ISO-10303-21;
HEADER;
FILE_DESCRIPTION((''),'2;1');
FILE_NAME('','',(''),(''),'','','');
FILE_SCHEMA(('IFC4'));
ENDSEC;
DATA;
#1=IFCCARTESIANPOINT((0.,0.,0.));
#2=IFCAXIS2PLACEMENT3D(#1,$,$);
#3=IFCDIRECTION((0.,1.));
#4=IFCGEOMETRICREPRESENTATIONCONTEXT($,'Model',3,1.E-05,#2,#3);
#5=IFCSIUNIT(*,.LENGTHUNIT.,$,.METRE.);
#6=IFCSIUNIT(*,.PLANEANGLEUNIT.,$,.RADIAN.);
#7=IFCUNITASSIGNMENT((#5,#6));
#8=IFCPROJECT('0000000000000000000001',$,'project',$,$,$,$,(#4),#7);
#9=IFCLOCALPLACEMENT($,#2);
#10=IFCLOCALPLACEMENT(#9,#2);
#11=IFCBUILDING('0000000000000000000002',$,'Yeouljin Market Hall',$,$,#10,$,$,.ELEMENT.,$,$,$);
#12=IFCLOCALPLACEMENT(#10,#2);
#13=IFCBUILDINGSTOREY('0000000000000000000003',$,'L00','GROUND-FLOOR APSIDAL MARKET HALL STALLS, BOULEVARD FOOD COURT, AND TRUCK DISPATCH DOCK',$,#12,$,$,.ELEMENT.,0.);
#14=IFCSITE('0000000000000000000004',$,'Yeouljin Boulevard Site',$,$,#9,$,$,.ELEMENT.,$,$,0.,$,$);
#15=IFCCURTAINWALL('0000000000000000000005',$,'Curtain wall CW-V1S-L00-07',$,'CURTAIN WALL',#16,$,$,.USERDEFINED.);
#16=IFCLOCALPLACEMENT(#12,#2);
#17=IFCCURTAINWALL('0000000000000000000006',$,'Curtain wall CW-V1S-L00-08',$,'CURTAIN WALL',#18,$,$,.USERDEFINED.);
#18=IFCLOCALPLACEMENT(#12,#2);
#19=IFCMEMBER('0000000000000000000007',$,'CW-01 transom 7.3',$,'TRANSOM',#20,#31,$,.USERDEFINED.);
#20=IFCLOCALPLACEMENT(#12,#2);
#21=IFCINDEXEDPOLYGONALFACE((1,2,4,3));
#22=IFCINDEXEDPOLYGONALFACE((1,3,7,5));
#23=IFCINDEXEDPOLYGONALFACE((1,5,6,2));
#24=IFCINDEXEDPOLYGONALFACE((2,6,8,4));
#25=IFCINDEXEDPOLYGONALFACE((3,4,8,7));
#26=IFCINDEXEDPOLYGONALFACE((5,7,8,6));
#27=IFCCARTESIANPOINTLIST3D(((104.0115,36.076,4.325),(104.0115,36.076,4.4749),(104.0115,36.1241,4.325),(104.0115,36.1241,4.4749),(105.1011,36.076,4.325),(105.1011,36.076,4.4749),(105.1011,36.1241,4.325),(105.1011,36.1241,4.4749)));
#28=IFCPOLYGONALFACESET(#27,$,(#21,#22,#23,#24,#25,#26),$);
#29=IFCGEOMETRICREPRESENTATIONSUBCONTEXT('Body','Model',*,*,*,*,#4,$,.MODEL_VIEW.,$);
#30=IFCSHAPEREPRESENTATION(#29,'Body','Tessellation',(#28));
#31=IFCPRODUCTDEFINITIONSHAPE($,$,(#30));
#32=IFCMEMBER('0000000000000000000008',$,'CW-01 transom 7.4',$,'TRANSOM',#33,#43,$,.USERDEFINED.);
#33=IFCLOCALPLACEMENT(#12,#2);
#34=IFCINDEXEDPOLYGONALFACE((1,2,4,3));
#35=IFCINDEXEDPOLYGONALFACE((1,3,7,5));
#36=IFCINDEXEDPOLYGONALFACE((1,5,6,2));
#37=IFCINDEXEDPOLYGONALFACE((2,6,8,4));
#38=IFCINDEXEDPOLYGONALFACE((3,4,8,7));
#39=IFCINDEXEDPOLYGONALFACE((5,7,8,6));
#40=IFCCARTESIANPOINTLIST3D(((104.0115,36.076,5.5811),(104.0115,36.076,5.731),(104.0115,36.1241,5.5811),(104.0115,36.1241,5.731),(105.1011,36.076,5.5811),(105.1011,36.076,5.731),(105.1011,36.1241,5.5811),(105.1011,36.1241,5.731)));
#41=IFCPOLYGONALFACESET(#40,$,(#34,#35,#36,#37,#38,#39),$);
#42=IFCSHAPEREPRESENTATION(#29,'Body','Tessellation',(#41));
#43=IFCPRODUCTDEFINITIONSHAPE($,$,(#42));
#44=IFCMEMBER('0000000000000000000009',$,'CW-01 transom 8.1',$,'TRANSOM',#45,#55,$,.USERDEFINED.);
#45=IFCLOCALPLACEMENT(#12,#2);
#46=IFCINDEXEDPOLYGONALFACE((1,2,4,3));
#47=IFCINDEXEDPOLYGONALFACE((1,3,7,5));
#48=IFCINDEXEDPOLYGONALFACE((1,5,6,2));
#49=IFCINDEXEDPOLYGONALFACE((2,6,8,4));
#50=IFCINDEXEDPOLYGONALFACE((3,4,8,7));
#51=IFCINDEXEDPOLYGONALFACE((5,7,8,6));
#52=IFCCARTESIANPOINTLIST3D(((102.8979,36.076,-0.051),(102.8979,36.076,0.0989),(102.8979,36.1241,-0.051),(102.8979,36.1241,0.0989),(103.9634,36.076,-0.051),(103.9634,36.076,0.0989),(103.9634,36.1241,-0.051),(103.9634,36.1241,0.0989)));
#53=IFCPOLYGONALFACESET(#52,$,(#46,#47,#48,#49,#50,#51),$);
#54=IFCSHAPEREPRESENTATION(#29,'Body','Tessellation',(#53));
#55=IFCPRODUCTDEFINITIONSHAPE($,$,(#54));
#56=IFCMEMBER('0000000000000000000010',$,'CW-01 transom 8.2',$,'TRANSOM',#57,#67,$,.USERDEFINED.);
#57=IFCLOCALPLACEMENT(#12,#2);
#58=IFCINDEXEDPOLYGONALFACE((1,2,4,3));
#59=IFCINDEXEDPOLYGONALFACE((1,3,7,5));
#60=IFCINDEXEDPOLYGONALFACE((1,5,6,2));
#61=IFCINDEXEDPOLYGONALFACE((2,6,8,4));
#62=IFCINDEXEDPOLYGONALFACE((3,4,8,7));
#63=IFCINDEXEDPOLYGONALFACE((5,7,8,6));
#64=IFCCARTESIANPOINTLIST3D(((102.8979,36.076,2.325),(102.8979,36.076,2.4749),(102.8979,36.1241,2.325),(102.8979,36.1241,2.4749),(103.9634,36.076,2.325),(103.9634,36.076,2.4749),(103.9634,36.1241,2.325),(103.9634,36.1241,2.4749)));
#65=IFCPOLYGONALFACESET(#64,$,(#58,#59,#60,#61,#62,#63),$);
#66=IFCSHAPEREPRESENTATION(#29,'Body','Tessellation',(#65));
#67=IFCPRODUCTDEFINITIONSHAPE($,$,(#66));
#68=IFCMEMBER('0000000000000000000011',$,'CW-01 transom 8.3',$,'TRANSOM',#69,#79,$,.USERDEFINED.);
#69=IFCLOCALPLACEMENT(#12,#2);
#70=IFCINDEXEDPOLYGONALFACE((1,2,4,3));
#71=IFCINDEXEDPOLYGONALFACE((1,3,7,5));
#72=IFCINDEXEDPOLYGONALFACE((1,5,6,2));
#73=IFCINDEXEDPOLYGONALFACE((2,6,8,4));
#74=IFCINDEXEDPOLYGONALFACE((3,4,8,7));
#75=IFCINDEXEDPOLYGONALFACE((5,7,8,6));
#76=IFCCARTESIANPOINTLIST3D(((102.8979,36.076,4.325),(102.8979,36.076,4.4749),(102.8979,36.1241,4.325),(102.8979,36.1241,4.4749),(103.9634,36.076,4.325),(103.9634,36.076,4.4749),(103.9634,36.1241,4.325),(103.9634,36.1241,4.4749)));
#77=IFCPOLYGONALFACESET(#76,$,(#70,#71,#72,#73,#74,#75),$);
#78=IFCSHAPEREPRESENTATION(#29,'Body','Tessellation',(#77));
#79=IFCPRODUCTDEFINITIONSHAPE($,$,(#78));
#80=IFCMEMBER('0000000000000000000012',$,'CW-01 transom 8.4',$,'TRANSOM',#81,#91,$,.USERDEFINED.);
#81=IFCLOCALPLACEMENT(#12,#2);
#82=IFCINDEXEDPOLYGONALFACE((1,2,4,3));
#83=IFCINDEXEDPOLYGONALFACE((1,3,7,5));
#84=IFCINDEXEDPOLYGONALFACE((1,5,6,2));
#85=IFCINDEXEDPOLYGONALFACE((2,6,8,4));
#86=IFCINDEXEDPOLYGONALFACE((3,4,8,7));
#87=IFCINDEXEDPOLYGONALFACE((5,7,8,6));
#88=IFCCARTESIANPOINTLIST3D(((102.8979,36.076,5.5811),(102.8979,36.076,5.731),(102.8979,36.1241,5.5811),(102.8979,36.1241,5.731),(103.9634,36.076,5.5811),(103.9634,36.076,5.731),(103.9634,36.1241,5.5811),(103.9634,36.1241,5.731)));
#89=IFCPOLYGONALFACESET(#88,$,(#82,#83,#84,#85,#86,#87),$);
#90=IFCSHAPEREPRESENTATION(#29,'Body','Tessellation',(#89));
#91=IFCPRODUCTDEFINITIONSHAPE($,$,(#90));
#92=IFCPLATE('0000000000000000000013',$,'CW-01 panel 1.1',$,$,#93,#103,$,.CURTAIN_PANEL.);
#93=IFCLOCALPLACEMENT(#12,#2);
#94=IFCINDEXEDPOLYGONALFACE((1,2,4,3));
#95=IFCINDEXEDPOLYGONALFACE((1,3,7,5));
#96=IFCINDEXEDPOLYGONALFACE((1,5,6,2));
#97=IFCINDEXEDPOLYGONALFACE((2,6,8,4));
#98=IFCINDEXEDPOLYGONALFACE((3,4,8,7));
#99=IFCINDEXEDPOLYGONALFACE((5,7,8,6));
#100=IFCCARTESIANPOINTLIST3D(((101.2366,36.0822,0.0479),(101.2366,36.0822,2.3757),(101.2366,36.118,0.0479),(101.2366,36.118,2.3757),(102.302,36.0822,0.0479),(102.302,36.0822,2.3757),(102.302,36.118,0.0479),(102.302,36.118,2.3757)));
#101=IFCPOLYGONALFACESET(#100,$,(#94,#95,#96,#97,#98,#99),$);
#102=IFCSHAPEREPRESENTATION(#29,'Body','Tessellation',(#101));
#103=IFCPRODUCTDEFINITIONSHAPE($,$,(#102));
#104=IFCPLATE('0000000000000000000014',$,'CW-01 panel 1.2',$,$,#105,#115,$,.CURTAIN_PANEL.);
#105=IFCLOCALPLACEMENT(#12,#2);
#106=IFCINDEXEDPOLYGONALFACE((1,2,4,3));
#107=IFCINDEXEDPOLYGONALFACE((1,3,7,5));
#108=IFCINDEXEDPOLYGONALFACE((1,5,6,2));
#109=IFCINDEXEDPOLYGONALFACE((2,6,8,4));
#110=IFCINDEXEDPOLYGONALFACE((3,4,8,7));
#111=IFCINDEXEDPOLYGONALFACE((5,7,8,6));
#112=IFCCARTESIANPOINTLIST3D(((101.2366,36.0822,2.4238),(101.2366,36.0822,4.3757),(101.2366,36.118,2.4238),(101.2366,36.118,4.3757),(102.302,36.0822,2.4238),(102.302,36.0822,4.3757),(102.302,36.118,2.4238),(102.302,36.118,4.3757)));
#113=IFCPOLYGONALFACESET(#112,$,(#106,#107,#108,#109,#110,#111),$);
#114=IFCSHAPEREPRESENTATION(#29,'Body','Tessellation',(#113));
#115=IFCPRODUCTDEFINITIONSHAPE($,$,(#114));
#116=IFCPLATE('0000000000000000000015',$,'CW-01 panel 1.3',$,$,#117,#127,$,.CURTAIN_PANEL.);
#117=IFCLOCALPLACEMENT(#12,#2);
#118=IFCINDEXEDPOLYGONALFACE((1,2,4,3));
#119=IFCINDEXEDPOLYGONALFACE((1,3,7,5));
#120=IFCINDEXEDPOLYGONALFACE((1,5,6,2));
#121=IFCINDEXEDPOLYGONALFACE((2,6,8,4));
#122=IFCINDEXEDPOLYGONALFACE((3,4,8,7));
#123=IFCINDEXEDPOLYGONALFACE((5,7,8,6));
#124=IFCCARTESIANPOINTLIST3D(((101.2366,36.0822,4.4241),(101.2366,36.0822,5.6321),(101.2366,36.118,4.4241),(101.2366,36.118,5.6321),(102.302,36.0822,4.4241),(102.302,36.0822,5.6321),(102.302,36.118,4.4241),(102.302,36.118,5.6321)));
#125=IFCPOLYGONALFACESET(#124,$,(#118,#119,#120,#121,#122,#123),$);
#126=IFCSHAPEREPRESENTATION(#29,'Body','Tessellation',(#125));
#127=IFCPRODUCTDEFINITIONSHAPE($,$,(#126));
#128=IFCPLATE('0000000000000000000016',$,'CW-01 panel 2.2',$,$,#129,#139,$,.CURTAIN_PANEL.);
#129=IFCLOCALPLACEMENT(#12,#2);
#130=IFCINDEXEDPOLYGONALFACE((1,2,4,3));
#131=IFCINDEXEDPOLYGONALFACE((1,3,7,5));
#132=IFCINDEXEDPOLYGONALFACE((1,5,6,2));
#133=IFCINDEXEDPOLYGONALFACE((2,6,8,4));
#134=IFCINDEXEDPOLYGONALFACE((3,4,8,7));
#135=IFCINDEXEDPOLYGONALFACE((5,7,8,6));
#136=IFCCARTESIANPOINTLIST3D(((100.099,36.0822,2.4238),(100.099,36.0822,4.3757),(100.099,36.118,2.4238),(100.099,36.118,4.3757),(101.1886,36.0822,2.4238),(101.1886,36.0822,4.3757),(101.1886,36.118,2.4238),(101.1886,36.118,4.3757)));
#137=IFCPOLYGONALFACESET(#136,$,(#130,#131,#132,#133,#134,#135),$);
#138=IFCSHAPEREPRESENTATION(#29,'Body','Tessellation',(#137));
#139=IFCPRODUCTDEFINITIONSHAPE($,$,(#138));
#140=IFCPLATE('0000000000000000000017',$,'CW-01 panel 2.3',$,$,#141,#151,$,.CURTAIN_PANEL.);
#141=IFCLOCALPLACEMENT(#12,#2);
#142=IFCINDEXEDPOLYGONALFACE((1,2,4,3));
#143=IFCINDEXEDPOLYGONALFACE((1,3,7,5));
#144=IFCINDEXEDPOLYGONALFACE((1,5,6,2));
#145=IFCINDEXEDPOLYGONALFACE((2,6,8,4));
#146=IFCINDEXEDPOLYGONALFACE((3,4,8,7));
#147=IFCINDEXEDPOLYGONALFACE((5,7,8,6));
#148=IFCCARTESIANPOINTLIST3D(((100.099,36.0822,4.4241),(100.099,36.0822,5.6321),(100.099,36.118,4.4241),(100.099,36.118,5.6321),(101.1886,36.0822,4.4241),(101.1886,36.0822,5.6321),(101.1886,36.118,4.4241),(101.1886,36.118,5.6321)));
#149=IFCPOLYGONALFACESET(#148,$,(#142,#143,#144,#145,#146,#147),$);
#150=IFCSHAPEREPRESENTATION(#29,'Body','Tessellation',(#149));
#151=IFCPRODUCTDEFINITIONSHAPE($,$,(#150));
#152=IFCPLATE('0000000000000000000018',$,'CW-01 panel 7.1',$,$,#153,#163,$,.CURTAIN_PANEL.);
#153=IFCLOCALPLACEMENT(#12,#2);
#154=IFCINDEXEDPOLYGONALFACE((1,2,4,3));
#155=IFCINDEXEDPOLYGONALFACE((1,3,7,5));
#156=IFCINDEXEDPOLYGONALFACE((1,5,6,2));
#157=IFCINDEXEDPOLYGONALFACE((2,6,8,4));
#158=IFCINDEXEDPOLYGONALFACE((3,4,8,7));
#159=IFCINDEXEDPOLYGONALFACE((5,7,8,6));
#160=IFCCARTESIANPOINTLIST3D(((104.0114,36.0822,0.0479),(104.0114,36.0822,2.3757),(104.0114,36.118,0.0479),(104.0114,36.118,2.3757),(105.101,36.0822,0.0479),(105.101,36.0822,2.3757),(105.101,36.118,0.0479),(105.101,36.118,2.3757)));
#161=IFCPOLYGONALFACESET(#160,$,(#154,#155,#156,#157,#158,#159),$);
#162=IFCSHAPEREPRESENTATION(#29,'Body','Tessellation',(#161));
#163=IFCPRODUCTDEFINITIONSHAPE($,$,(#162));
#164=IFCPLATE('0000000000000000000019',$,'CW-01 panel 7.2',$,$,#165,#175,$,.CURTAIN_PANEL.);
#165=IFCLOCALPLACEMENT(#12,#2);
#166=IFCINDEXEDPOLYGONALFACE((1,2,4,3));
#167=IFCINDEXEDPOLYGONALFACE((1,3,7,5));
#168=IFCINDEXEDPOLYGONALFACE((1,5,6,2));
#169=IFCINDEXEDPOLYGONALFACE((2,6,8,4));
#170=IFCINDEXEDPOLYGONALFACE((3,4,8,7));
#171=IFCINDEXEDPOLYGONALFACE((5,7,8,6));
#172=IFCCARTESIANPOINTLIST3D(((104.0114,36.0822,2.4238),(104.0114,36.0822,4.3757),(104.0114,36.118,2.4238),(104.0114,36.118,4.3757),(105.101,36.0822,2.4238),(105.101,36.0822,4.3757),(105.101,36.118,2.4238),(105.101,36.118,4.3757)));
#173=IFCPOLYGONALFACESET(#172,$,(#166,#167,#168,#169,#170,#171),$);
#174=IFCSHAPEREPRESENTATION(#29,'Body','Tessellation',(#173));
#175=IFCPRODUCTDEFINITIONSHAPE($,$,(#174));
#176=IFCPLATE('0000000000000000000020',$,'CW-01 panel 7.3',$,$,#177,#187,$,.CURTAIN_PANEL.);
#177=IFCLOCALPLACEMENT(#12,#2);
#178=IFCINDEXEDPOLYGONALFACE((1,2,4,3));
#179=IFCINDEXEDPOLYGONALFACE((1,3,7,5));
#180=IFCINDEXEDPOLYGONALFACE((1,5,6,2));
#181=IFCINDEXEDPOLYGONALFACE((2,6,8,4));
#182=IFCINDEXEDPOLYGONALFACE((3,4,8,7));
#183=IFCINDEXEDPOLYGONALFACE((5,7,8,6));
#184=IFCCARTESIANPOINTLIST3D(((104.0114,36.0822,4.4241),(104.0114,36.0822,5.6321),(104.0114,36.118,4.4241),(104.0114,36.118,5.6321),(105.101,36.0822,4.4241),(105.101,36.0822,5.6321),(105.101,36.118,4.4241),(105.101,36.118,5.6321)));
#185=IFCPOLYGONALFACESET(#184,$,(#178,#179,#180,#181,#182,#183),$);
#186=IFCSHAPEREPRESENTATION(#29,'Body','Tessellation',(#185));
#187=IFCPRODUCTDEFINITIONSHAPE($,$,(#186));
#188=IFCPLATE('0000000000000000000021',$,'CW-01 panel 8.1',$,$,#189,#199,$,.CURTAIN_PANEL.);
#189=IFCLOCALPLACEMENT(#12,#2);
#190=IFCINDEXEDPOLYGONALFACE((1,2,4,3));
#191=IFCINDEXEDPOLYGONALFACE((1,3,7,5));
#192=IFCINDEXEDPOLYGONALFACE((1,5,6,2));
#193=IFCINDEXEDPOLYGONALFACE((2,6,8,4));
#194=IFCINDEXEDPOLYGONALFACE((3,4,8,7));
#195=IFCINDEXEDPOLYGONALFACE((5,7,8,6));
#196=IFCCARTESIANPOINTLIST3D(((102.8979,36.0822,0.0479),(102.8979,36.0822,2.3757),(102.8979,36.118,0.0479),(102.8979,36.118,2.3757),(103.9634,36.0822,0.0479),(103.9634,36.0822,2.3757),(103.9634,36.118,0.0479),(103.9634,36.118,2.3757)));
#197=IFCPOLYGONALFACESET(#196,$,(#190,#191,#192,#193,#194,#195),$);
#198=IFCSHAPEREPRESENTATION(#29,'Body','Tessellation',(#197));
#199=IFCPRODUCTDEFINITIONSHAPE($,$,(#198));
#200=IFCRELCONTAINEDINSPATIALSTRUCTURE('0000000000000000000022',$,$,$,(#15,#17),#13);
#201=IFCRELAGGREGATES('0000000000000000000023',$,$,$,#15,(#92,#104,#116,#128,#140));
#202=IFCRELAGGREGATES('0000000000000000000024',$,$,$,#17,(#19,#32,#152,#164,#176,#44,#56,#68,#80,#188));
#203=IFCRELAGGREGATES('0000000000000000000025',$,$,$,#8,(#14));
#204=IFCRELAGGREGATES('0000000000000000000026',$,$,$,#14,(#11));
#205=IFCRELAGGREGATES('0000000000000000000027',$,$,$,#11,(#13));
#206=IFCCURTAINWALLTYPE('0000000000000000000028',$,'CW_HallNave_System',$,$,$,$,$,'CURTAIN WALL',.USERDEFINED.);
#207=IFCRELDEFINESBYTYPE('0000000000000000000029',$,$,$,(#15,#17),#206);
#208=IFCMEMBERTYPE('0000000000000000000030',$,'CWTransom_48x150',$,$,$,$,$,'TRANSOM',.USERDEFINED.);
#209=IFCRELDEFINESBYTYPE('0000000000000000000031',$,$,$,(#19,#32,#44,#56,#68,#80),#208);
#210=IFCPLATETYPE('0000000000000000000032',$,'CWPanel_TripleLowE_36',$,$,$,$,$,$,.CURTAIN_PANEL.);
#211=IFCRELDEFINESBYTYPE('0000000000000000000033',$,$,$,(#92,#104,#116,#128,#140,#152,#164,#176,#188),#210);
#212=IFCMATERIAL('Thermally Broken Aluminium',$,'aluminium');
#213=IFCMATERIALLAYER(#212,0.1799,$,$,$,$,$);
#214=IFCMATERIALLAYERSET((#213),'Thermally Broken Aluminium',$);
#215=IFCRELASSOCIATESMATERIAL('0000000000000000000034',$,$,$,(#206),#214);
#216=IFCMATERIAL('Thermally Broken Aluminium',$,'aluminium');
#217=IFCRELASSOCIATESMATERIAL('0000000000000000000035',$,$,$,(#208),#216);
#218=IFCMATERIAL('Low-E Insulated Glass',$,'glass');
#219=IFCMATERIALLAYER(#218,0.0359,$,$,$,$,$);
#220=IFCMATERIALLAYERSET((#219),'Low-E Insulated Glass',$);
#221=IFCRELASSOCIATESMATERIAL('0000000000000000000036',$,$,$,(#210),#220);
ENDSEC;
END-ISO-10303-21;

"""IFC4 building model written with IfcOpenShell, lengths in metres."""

from ifc_helpers import new_model, si_unit, direction, frame, origin, origin_2d, place, context, subcontext, project, spatial, rectangle, extrude, material, layer, layer_set, material_profile, profile_set, type_object, element, aggregate, save


model = new_model("IFC4")

# Units and contexts
model_context = context("Model", 3, precision=1e-05, world=origin(), true_north=direction((0.0, 1.0)))
body_context = subcontext(model_context, "Body", "Model", "MODEL_VIEW")
ifc_project = project(units=[si_unit("LENGTHUNIT", "METRE"), si_unit("PLANEANGLEUNIT", "RADIAN")], contexts=[model_context])

# Site, building, storey
site_placement = place(None, origin())
site = spatial("IfcSite", under=ifc_project, at=site_placement, Name="Yeouljin Boulevard Site", CompositionType="ELEMENT", RefElevation=0.0)
building_placement = place(site_placement, origin())
building = spatial("IfcBuilding", under=site, at=building_placement, Name="Yeouljin Market Hall", CompositionType="ELEMENT")
storey_placement = place(building_placement, origin())
storey = spatial("IfcBuildingStorey", under=building, at=storey_placement, Name="L00", Description="GROUND-FLOOR APSIDAL MARKET HALL STALLS, BOULEVARD FOOD COURT, AND TRUCK DISPATCH DOCK", CompositionType="ELEMENT", Elevation=0.0)

# Curtain walls
ifc_material_1 = material(Name="Thermally Broken Aluminium", Category="aluminium")
ifc_layer_1 = layer(ifc_material_1, 0.1799)
ifc_layer_set_1 = layer_set([ifc_layer_1], Name="Thermally Broken Aluminium")
curtain_wall_type = type_object("IfcCurtainWallType", Name="CW_HallNave_System", ElementType="CURTAIN WALL", PredefinedType="USERDEFINED", material=ifc_layer_set_1)
curtain_wall_1_placement = place(storey_placement, origin())
curtain_wall_1 = element("IfcCurtainWall", 1, at=curtain_wall_1_placement, inside=storey, type_object=curtain_wall_type, Name="Curtain wall CW-V1S-L00-07", ObjectType="CURTAIN WALL", PredefinedType="USERDEFINED")
curtain_wall_2_placement = place(storey_placement, origin())
curtain_wall_2 = element("IfcCurtainWall", 2, at=curtain_wall_2_placement, inside=storey, type_object=curtain_wall_type, Name="Curtain wall CW-V1S-L00-08", ObjectType="CURTAIN WALL", PredefinedType="USERDEFINED")

# Members
ifc_material_2 = material(Name="Thermally Broken Aluminium", Category="aluminium")
ifc_material_profile_1 = material_profile(ifc_material_2, rectangle(XDim=0.0481, YDim=0.1499, at=origin_2d()), Name="CW-TRAN-48x150")
ifc_profile_set_1 = profile_set([ifc_material_profile_1], Name="Thermally Broken Aluminium")
member_type_1 = type_object("IfcMemberType", Name="CWTransom_48x150", ElementType="TRANSOM", PredefinedType="USERDEFINED", material=ifc_profile_set_1)
member_1_placement = place(storey_placement, frame((105.1011, 36.1001, 4.3999), z_axis=(-1.0, 0.0, 0.0), x_axis=(0.0, -1.0, 0.0)))
member_1 = element("IfcMember", 3, at=member_1_placement, type_object=member_type_1, Name="CW-01 transom 7.3", ObjectType="TRANSOM", PredefinedType="USERDEFINED", context=body_context, shape_type="SweptSolid", body=[
    extrude(rectangle(XDim=0.0481, YDim=0.1499, at=origin_2d()), origin(), (0.0, 0.0, 1.0), 1.0896),
])
member_2_placement = place(storey_placement, frame((105.1011, 36.1001, 5.656), z_axis=(-1.0, 0.0, 0.0), x_axis=(0.0, -1.0, 0.0)))
member_2 = element("IfcMember", 4, at=member_2_placement, type_object=member_type_1, Name="CW-01 transom 7.4", ObjectType="TRANSOM", PredefinedType="USERDEFINED", context=body_context, shape_type="SweptSolid", body=[
    extrude(rectangle(XDim=0.0481, YDim=0.1499, at=origin_2d()), origin(), (0.0, 0.0, 1.0), 1.0896),
])
member_3_placement = place(storey_placement, frame((103.9634, 36.1001, 0.0239), z_axis=(-1.0, 0.0, 0.0), x_axis=(0.0, -1.0, 0.0)))
member_3 = element("IfcMember", 5, at=member_3_placement, type_object=member_type_1, Name="CW-01 transom 8.1", ObjectType="TRANSOM", PredefinedType="USERDEFINED", context=body_context, shape_type="SweptSolid", body=[
    extrude(rectangle(XDim=0.0481, YDim=0.1499, at=origin_2d()), origin(), (0.0, 0.0, 1.0), 1.0654),
])
member_4_placement = place(storey_placement, frame((103.9634, 36.1001, 2.3999), z_axis=(-1.0, 0.0, 0.0), x_axis=(0.0, -1.0, 0.0)))
member_4 = element("IfcMember", 6, at=member_4_placement, type_object=member_type_1, Name="CW-01 transom 8.2", ObjectType="TRANSOM", PredefinedType="USERDEFINED", context=body_context, shape_type="SweptSolid", body=[
    extrude(rectangle(XDim=0.0481, YDim=0.1499, at=origin_2d()), origin(), (0.0, 0.0, 1.0), 1.0654),
])
member_5_placement = place(storey_placement, frame((103.9634, 36.1001, 4.3999), z_axis=(-1.0, 0.0, 0.0), x_axis=(0.0, -1.0, 0.0)))
member_5 = element("IfcMember", 7, at=member_5_placement, type_object=member_type_1, Name="CW-01 transom 8.3", ObjectType="TRANSOM", PredefinedType="USERDEFINED", context=body_context, shape_type="SweptSolid", body=[
    extrude(rectangle(XDim=0.0481, YDim=0.1499, at=origin_2d()), origin(), (0.0, 0.0, 1.0), 1.0654),
])
member_6_placement = place(storey_placement, frame((103.9634, 36.1001, 5.656), z_axis=(-1.0, 0.0, 0.0), x_axis=(0.0, -1.0, 0.0)))
member_6 = element("IfcMember", 8, at=member_6_placement, type_object=member_type_1, Name="CW-01 transom 8.4", ObjectType="TRANSOM", PredefinedType="USERDEFINED", context=body_context, shape_type="SweptSolid", body=[
    extrude(rectangle(XDim=0.0481, YDim=0.1499, at=origin_2d()), origin(), (0.0, 0.0, 1.0), 1.0654),
])

# Plates
ifc_material_3 = material(Name="Low-E Insulated Glass", Category="glass")
ifc_layer_2 = layer(ifc_material_3, 0.0359)
ifc_layer_set_2 = layer_set([ifc_layer_2], Name="Low-E Insulated Glass")
plate_type = type_object("IfcPlateType", Name="CWPanel_TripleLowE_36", PredefinedType="CURTAIN_PANEL", material=ifc_layer_set_2)
plate_1_placement = place(storey_placement, frame((101.7693, 36.1001, 0.0479), z_axis=(0.0, 0.0, 1.0), x_axis=(-1.0, 0.0, 0.0)))
plate_1 = element("IfcPlate", 9, at=plate_1_placement, type_object=plate_type, Name="CW-01 panel 1.1", PredefinedType="CURTAIN_PANEL", context=body_context, shape_type="SweptSolid", body=[
    extrude(rectangle(XDim=1.0654, YDim=0.0359, at=origin_2d()), origin(), (0.0, 0.0, 1.0), 2.3279),
])
plate_2_placement = place(storey_placement, frame((101.7693, 36.1001, 2.4238), z_axis=(0.0, 0.0, 1.0), x_axis=(-1.0, 0.0, 0.0)))
plate_2 = element("IfcPlate", 10, at=plate_2_placement, type_object=plate_type, Name="CW-01 panel 1.2", PredefinedType="CURTAIN_PANEL", context=body_context, shape_type="SweptSolid", body=[
    extrude(rectangle(XDim=1.0654, YDim=0.0359, at=origin_2d()), origin(), (0.0, 0.0, 1.0), 1.9519),
])
plate_3_placement = place(storey_placement, frame((101.7693, 36.1001, 4.4241), z_axis=(0.0, 0.0, 1.0), x_axis=(-1.0, 0.0, 0.0)))
plate_3 = element("IfcPlate", 11, at=plate_3_placement, type_object=plate_type, Name="CW-01 panel 1.3", PredefinedType="CURTAIN_PANEL", context=body_context, shape_type="SweptSolid", body=[
    extrude(rectangle(XDim=1.0654, YDim=0.0359, at=origin_2d()), origin(), (0.0, 0.0, 1.0), 1.208),
])
plate_4_placement = place(storey_placement, frame((100.6438, 36.1001, 2.4238), z_axis=(0.0, 0.0, 1.0), x_axis=(-1.0, 0.0, 0.0)))
plate_4 = element("IfcPlate", 12, at=plate_4_placement, type_object=plate_type, Name="CW-01 panel 2.2", PredefinedType="CURTAIN_PANEL", context=body_context, shape_type="SweptSolid", body=[
    extrude(rectangle(XDim=1.0896, YDim=0.0359, at=origin_2d()), origin(), (0.0, 0.0, 1.0), 1.9519),
])
plate_5_placement = place(storey_placement, frame((100.6438, 36.1001, 4.4241), z_axis=(0.0, 0.0, 1.0), x_axis=(-1.0, 0.0, 0.0)))
plate_5 = element("IfcPlate", 13, at=plate_5_placement, type_object=plate_type, Name="CW-01 panel 2.3", PredefinedType="CURTAIN_PANEL", context=body_context, shape_type="SweptSolid", body=[
    extrude(rectangle(XDim=1.0896, YDim=0.0359, at=origin_2d()), origin(), (0.0, 0.0, 1.0), 1.208),
])
aggregate(curtain_wall_1, [plate_1, plate_2, plate_3, plate_4, plate_5])
plate_6_placement = place(storey_placement, frame((104.5562, 36.1001, 0.0479), z_axis=(0.0, 0.0, 1.0), x_axis=(-1.0, 0.0, 0.0)))
plate_6 = element("IfcPlate", 14, at=plate_6_placement, type_object=plate_type, Name="CW-01 panel 7.1", PredefinedType="CURTAIN_PANEL", context=body_context, shape_type="SweptSolid", body=[
    extrude(rectangle(XDim=1.0896, YDim=0.0359, at=origin_2d()), origin(), (0.0, 0.0, 1.0), 2.3279),
])
plate_7_placement = place(storey_placement, frame((104.5562, 36.1001, 2.4238), z_axis=(0.0, 0.0, 1.0), x_axis=(-1.0, 0.0, 0.0)))
plate_7 = element("IfcPlate", 15, at=plate_7_placement, type_object=plate_type, Name="CW-01 panel 7.2", PredefinedType="CURTAIN_PANEL", context=body_context, shape_type="SweptSolid", body=[
    extrude(rectangle(XDim=1.0896, YDim=0.0359, at=origin_2d()), origin(), (0.0, 0.0, 1.0), 1.9519),
])
plate_8_placement = place(storey_placement, frame((104.5562, 36.1001, 4.4241), z_axis=(0.0, 0.0, 1.0), x_axis=(-1.0, 0.0, 0.0)))
plate_8 = element("IfcPlate", 16, at=plate_8_placement, type_object=plate_type, Name="CW-01 panel 7.3", PredefinedType="CURTAIN_PANEL", context=body_context, shape_type="SweptSolid", body=[
    extrude(rectangle(XDim=1.0896, YDim=0.0359, at=origin_2d()), origin(), (0.0, 0.0, 1.0), 1.208),
])
plate_9_placement = place(storey_placement, frame((103.4307, 36.1001, 0.0479), z_axis=(0.0, 0.0, 1.0), x_axis=(-1.0, 0.0, 0.0)))
plate_9 = element("IfcPlate", 17, at=plate_9_placement, type_object=plate_type, Name="CW-01 panel 8.1", PredefinedType="CURTAIN_PANEL", context=body_context, shape_type="SweptSolid", body=[
    extrude(rectangle(XDim=1.0654, YDim=0.0359, at=origin_2d()), origin(), (0.0, 0.0, 1.0), 2.3279),
])
aggregate(curtain_wall_2, [member_1, member_2, plate_6, plate_7, plate_8, member_3, member_4, member_5, member_6, plate_9])

save(model, "model.ifc")
